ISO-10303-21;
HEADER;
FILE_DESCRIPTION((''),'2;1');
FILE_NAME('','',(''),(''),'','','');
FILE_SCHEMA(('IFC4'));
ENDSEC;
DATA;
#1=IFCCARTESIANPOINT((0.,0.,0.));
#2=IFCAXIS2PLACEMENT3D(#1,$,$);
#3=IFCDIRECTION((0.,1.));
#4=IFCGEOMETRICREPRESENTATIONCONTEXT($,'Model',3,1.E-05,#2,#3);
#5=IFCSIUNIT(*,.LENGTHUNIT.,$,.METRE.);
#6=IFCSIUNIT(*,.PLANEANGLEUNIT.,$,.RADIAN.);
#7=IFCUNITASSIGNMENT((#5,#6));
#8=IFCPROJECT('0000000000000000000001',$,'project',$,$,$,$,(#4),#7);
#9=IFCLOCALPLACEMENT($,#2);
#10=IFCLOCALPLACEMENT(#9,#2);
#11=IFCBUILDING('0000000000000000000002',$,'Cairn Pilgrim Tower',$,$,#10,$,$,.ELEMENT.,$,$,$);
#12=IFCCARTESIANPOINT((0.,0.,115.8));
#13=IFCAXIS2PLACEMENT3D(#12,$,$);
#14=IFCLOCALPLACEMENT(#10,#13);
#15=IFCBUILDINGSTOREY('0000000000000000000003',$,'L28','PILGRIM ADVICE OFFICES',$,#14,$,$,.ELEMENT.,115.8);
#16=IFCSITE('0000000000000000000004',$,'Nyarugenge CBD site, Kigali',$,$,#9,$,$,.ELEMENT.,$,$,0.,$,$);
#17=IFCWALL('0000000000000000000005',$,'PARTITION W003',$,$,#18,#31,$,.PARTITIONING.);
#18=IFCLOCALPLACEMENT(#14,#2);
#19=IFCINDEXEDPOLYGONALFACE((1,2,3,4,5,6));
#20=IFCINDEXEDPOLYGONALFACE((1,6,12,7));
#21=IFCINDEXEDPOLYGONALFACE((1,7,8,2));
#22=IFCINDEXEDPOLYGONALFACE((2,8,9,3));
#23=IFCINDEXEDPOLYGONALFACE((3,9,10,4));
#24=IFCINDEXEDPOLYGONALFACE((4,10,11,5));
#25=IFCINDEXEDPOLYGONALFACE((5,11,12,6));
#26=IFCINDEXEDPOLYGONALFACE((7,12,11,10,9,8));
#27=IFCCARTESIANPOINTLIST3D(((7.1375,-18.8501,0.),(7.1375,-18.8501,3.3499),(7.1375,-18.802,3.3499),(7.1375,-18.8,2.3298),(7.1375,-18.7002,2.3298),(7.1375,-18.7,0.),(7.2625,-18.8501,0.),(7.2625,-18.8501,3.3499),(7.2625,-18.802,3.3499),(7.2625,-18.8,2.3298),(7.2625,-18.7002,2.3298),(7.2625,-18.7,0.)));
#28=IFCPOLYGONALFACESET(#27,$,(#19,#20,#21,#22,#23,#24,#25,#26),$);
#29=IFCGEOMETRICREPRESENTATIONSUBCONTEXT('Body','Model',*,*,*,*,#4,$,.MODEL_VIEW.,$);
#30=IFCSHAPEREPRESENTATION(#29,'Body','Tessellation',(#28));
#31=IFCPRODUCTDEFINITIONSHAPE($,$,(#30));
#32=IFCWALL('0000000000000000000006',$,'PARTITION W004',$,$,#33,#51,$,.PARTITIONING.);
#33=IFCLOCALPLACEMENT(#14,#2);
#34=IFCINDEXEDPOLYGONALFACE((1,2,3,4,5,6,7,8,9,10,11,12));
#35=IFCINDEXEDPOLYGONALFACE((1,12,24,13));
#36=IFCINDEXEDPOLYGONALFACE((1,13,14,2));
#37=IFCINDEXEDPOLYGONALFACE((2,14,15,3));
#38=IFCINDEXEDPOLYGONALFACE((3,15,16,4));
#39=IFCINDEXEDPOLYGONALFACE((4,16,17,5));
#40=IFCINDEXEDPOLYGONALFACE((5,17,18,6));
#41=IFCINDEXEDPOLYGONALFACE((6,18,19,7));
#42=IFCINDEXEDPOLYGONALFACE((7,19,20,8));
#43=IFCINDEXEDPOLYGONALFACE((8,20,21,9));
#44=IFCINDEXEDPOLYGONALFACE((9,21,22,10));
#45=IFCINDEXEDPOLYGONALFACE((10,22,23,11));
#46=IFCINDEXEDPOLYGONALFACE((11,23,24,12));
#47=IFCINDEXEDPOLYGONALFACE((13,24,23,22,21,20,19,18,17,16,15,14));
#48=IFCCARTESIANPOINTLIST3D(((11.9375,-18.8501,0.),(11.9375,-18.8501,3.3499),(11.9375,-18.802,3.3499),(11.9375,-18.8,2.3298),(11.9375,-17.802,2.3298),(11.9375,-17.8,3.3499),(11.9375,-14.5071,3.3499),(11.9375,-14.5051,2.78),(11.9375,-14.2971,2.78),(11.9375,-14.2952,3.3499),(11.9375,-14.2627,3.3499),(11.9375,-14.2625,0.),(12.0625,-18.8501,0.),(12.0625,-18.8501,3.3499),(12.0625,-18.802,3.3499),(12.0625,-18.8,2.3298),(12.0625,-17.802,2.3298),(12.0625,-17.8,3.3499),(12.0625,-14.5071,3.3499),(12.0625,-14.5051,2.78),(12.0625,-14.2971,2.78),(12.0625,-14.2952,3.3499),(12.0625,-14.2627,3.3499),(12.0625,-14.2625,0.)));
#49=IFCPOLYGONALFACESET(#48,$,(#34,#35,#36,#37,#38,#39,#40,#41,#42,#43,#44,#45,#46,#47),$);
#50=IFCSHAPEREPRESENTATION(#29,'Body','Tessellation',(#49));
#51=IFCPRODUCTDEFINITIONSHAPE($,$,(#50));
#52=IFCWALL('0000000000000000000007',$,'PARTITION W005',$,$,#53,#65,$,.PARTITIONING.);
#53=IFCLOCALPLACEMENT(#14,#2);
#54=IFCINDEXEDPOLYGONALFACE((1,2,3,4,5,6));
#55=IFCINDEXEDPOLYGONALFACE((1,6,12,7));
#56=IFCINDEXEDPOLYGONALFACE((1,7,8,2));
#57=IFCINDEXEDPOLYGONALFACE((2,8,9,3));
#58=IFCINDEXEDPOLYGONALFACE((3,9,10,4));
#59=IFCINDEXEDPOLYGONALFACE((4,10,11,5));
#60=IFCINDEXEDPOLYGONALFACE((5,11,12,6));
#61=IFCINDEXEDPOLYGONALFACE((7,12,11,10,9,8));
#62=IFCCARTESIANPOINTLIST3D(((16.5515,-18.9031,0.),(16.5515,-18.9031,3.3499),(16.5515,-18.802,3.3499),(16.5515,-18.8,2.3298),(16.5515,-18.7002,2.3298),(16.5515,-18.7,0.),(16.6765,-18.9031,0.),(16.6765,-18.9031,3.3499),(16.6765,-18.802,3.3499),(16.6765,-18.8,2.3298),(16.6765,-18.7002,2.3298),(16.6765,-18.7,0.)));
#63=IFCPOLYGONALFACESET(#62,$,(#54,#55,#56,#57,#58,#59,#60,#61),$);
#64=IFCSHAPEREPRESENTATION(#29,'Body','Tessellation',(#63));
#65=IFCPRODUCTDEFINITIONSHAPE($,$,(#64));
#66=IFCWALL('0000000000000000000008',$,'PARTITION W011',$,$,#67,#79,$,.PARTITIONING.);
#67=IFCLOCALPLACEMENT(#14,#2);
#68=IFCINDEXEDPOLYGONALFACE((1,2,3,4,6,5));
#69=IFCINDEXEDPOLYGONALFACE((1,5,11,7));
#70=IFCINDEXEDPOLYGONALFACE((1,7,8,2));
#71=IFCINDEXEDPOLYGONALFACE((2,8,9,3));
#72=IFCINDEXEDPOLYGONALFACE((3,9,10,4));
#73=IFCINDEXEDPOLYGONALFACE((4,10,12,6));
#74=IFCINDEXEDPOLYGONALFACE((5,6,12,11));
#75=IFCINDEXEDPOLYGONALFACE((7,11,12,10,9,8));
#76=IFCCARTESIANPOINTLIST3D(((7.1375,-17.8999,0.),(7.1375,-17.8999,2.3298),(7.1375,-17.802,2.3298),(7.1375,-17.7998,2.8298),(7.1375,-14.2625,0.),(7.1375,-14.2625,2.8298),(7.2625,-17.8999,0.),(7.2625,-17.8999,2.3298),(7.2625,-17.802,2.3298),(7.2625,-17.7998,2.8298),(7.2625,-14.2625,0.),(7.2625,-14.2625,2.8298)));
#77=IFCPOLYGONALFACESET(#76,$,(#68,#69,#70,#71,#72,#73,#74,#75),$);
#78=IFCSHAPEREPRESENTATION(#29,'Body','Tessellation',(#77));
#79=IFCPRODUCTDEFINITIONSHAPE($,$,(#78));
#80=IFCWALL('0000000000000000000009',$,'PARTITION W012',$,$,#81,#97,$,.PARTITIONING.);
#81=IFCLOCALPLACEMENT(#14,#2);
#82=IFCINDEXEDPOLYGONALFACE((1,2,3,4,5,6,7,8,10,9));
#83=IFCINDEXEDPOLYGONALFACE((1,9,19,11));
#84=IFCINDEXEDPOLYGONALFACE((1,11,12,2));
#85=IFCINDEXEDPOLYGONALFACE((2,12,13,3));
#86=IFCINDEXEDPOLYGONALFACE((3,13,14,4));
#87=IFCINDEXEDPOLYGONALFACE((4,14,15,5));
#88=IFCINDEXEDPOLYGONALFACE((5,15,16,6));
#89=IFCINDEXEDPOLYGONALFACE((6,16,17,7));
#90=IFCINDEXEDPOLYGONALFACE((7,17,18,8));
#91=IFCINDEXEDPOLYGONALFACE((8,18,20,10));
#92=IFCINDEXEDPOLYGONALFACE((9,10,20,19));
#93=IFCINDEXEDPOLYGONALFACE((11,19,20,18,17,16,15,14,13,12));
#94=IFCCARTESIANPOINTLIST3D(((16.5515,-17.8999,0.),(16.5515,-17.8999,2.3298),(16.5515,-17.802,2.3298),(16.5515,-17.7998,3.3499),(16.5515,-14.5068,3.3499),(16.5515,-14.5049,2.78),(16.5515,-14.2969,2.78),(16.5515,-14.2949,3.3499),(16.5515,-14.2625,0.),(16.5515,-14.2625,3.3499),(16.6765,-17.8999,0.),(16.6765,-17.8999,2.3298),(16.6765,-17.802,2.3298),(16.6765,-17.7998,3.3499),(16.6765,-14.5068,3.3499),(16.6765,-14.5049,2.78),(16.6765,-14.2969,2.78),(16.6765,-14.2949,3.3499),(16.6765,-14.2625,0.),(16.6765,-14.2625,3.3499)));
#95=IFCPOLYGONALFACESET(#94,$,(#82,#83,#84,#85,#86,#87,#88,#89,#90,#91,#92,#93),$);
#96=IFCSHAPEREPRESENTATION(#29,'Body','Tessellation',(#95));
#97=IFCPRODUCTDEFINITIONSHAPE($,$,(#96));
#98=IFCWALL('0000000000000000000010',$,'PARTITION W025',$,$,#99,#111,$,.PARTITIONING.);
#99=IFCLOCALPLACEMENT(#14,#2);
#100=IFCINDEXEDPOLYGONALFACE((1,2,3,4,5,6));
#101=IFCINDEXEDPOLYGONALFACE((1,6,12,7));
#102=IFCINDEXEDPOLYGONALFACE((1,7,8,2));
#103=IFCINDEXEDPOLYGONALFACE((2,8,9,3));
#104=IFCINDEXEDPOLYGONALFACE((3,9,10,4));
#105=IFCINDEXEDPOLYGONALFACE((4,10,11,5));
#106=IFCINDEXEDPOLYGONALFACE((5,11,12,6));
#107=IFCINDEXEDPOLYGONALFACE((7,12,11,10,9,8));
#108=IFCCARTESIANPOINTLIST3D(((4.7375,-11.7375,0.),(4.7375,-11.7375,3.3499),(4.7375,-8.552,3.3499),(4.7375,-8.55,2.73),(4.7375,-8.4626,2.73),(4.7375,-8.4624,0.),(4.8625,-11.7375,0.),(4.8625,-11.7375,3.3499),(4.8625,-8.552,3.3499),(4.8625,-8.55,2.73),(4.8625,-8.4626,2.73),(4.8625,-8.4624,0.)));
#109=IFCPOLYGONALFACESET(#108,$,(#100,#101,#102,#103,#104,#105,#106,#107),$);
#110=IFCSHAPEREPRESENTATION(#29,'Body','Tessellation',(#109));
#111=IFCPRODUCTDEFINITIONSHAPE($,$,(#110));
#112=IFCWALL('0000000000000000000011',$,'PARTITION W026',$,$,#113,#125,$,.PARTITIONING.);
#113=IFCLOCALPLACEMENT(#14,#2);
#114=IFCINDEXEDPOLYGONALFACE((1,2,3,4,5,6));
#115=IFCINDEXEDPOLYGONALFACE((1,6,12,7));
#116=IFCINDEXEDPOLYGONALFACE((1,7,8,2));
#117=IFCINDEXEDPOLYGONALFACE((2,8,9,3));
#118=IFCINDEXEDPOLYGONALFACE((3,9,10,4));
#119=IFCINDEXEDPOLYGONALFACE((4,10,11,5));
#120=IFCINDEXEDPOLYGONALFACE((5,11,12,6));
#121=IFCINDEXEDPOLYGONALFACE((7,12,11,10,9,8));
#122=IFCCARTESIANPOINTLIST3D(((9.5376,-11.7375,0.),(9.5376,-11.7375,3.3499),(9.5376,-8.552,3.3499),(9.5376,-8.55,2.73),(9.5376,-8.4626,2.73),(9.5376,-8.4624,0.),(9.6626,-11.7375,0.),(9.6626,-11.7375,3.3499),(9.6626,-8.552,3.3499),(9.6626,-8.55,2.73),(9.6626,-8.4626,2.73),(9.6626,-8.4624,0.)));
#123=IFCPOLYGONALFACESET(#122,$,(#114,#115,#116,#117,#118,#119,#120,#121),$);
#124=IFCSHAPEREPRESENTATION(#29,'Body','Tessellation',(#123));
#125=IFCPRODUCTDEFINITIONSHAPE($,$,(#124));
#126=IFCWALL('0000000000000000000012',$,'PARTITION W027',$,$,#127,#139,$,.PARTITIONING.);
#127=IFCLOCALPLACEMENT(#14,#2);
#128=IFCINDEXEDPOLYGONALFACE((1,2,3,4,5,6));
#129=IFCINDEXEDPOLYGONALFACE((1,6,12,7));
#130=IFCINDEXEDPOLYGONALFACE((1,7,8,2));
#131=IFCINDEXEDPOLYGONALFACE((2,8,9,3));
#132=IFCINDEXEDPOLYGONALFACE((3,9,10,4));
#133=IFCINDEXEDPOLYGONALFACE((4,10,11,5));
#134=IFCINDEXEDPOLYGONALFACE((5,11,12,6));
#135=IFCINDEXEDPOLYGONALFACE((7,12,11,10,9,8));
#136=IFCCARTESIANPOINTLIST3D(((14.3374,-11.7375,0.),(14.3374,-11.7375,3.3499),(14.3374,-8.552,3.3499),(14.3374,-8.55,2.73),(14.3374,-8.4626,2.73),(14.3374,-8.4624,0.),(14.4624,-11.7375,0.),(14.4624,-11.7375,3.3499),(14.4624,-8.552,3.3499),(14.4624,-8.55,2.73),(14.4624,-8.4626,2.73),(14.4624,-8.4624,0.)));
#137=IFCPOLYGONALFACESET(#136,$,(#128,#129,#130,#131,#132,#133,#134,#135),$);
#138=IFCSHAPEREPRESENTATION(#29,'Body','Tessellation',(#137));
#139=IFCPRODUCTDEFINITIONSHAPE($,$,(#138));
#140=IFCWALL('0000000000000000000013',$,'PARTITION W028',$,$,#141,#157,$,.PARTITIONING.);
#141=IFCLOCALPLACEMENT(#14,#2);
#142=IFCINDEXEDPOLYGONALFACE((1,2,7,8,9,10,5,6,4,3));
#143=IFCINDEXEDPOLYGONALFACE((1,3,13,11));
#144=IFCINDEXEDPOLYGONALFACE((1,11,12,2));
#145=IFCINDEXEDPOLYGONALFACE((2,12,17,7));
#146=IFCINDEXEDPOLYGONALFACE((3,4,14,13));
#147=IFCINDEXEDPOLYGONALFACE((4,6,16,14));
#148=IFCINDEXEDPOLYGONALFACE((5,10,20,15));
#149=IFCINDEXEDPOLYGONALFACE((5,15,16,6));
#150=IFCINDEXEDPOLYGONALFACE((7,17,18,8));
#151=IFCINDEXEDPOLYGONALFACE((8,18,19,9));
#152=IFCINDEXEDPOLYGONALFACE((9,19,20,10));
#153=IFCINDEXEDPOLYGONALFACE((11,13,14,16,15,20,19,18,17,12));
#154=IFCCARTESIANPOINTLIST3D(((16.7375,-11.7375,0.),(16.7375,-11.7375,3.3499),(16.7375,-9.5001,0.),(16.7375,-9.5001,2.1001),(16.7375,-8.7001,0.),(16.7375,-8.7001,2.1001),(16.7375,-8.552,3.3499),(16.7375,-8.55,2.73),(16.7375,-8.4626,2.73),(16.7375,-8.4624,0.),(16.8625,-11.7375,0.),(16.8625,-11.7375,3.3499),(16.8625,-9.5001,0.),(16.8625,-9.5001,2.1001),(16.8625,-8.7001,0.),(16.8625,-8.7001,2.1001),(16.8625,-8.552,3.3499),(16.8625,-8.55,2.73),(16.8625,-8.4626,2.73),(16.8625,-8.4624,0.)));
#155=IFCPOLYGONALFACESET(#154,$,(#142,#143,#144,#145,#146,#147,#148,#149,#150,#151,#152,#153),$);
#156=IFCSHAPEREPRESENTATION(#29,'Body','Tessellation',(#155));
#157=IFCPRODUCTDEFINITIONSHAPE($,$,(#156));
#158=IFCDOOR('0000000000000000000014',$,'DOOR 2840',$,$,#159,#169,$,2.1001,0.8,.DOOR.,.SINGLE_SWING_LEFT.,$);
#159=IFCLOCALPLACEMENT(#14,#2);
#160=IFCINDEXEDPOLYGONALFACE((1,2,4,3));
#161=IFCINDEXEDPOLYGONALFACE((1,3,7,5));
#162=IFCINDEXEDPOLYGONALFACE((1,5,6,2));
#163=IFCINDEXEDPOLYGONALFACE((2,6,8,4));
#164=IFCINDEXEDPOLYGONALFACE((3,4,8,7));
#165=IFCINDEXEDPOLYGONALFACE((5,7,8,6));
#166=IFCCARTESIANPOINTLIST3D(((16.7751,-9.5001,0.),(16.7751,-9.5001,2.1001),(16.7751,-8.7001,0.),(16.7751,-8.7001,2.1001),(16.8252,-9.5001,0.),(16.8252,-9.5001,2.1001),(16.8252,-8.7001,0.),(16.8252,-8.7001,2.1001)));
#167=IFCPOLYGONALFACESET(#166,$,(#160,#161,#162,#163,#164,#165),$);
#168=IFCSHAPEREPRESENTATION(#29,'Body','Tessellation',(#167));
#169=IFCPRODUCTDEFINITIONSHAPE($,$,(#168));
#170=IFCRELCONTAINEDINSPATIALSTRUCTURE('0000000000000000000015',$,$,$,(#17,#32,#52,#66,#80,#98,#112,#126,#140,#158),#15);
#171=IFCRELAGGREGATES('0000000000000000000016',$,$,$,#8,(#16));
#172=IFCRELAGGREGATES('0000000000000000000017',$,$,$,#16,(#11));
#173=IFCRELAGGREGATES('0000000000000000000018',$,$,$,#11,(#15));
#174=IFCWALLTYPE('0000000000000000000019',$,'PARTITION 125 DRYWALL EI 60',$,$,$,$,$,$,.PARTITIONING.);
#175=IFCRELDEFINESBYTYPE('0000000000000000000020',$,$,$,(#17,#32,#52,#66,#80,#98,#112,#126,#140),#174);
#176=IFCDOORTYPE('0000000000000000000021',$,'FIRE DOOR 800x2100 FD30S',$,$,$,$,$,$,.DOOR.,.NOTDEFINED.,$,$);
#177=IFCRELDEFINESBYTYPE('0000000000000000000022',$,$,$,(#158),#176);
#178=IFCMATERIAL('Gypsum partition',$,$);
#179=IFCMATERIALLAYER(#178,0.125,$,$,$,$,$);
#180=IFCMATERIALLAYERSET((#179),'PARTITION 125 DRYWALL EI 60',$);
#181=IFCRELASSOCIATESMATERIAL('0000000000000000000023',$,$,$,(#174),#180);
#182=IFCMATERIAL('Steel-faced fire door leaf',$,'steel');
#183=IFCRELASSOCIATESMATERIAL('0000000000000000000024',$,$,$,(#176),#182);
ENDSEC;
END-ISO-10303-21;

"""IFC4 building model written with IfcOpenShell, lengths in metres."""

from ifc_helpers import new_model, si_unit, direction, frame, frame_2d, origin, place, context, subcontext, project, spatial, polyline, rectangle, outline, extrude, material, layer, layer_set, type_object, element, fill, save


model = new_model("IFC4")

# Units and contexts
model_context = context("Model", 3, precision=1e-05, world=origin(), true_north=direction((0.0, 1.0)))
body_context = subcontext(model_context, "Body", "Model", "MODEL_VIEW")
ifc_project = project(units=[si_unit("LENGTHUNIT", "METRE"), si_unit("PLANEANGLEUNIT", "RADIAN")], contexts=[model_context])

# Site, building, storey
site_placement = place(None, origin())
site = spatial("IfcSite", under=ifc_project, at=site_placement, Name="Nyarugenge CBD site, Kigali", CompositionType="ELEMENT", RefElevation=0.0)
building_placement = place(site_placement, origin())
building = spatial("IfcBuilding", under=site, at=building_placement, Name="Cairn Pilgrim Tower", CompositionType="ELEMENT")
storey_placement = place(building_placement, frame((0.0, 0.0, 115.8)))
storey = spatial("IfcBuildingStorey", under=building, at=storey_placement, Name="L28", Description="PILGRIM ADVICE OFFICES", CompositionType="ELEMENT", Elevation=115.8)

# Walls
ifc_material_1 = material(Name="Gypsum partition")
ifc_layer_1 = layer(ifc_material_1, 0.125)
ifc_layer_set_1 = layer_set([ifc_layer_1], Name="PARTITION 125 DRYWALL EI 60")
wall_type_1 = type_object("IfcWallType", Name="PARTITION 125 DRYWALL EI 60", PredefinedType="PARTITIONING", material=ifc_layer_set_1)
wall_1_placement = place(storey_placement, frame((7.2, -18.8501, 0.0), z_axis=(0.0, 0.0, 1.0), x_axis=(0.0, 1.0, 0.0)))
element("IfcWall", 1, at=wall_1_placement, inside=storey, type_object=wall_type_1, Name="PARTITION W003", PredefinedType="PARTITIONING", context=body_context, shape_type="SweptSolid", body=[
    extrude(outline(polyline([(0.0, 0.0), (0.1501, 0.0), (0.1499, 2.3298), (0.05, 2.3298), (0.0481, 3.3499), (0.0, 3.3499), (0.0, 0.0)])), frame((0.0, 0.0625, 0.0), z_axis=(0.0, -1.0, 0.0), x_axis=(1.0, 0.0, 0.0)), (0.0, 0.0, 1.0), 0.125),
])
wall_2_placement = place(storey_placement, frame((12.0, -18.8501, 0.0), z_axis=(0.0, 0.0, 1.0), x_axis=(0.0, 1.0, 0.0)))
element("IfcWall", 2, at=wall_2_placement, inside=storey, type_object=wall_type_1, Name="PARTITION W004", PredefinedType="PARTITIONING", context=body_context, shape_type="SweptSolid", body=[
    extrude(outline(polyline([(0.0, 0.0), (4.5876, 0.0), (4.5874, 3.3499), (4.5549, 3.3499), (4.553, 2.78), (4.345, 2.78), (4.343, 3.3499), (1.05, 3.3499), (1.0481, 2.3298), (0.05, 2.3298), (0.0481, 3.3499), (0.0, 3.3499), (0.0, 0.0)])), frame((0.0, 0.0625, 0.0), z_axis=(0.0, -1.0, 0.0), x_axis=(1.0, 0.0, 0.0)), (0.0, 0.0, 1.0), 0.125),
])
wall_3_placement = place(storey_placement, frame((16.614, -18.9031, 0.0), z_axis=(0.0, 0.0, 1.0), x_axis=(0.0, 1.0, 0.0)))
element("IfcWall", 3, at=wall_3_placement, inside=storey, type_object=wall_type_1, Name="PARTITION W005", PredefinedType="PARTITIONING", context=body_context, shape_type="SweptSolid", body=[
    extrude(outline(polyline([(0.0, 0.0), (0.2031, 0.0), (0.2029, 2.3298), (0.103, 2.3298), (0.1011, 3.3499), (0.0, 3.3499), (0.0, 0.0)])), frame((0.0, 0.0625, 0.0), z_axis=(0.0, -1.0, 0.0), x_axis=(1.0, 0.0, 0.0)), (0.0, 0.0, 1.0), 0.125),
])
wall_4_placement = place(storey_placement, frame((7.2, -17.8999, 0.0), z_axis=(0.0, 0.0, 1.0), x_axis=(0.0, 1.0, 0.0)))
element("IfcWall", 4, at=wall_4_placement, inside=storey, type_object=wall_type_1, Name="PARTITION W011", PredefinedType="PARTITIONING", context=body_context, shape_type="SweptSolid", body=[
    extrude(outline(polyline([(0.0, 0.0), (3.6375, 0.0), (3.6375, 2.8298), (0.1001, 2.8298), (0.0979, 2.3298), (0.0, 2.3298), (0.0, 0.0)])), frame((0.0, 0.0625, 0.0), z_axis=(0.0, -1.0, 0.0), x_axis=(1.0, 0.0, 0.0)), (0.0, 0.0, 1.0), 0.125),
])
wall_5_placement = place(storey_placement, frame((16.614, -17.8999, 0.0), z_axis=(0.0, 0.0, 1.0), x_axis=(0.0, 1.0, 0.0)))
element("IfcWall", 5, at=wall_5_placement, inside=storey, type_object=wall_type_1, Name="PARTITION W012", PredefinedType="PARTITIONING", context=body_context, shape_type="SweptSolid", body=[
    extrude(outline(polyline([(0.0, 0.0), (3.6375, 0.0), (3.6375, 3.3499), (3.605, 3.3499), (3.603, 2.78), (3.395, 2.78), (3.3931, 3.3499), (0.1001, 3.3499), (0.0979, 2.3298), (0.0, 2.3298), (0.0, 0.0)])), frame((0.0, 0.0625, 0.0), z_axis=(0.0, -1.0, 0.0), x_axis=(1.0, 0.0, 0.0)), (0.0, 0.0, 1.0), 0.125),
])
for number, where, z_axis, x_axis, name in (
    (6, (4.8, -11.7375, 0.0), (0.0, 0.0, 1.0), (0.0, 1.0, 0.0), "PARTITION W025"),
    (7, (9.6001, -11.7375, 0.0), (0.0, 0.0, 1.0), (0.0, 1.0, 0.0), "PARTITION W026"),
    (8, (14.3999, -11.7375, 0.0), (0.0, 0.0, 1.0), (0.0, 1.0, 0.0), "PARTITION W027"),
):
    element("IfcWall", number, at=place(storey_placement, frame(where, z_axis=z_axis, x_axis=x_axis)), inside=storey, type_object=wall_type_1, Name=name, PredefinedType="PARTITIONING", context=body_context, shape_type="SweptSolid", body=[
        extrude(outline(polyline([(0.0, 0.0), (3.2751, 0.0), (3.2749, 2.73), (3.1875, 2.73), (3.1855, 3.3499), (0.0, 3.3499), (0.0, 0.0)])), frame((0.0, 0.0625, 0.0), z_axis=(0.0, -1.0, 0.0), x_axis=(1.0, 0.0, 0.0)), (0.0, 0.0, 1.0), 0.125),
    ])

# Wall, opening, door
wall_6_placement = place(storey_placement, frame((16.8, -11.7375, 0.0), z_axis=(0.0, 0.0, 1.0), x_axis=(0.0, 1.0, 0.0)))
wall_6 = element("IfcWall", 9, at=wall_6_placement, inside=storey, type_object=wall_type_1, Name="PARTITION W028", PredefinedType="PARTITIONING", context=body_context, shape_type="SweptSolid", body=[
    extrude(outline(polyline([(0.0, 0.0), (3.2751, 0.0), (3.2749, 2.73), (3.1875, 2.73), (3.1855, 3.3499), (0.0, 3.3499), (0.0, 0.0)])), frame((0.0, 0.0625, 0.0), z_axis=(0.0, -1.0, 0.0), x_axis=(1.0, 0.0, 0.0)), (0.0, 0.0, 1.0), 0.125),
])
opening_1_placement = place(wall_6_placement, frame((2.2375, 0.0, 0.0)))
opening_1 = element("IfcOpeningElement", 10, at=opening_1_placement, cuts=wall_6, PredefinedType="OPENING", context=body_context, shape_type="SweptSolid", body=[
    extrude(rectangle(XDim=0.8, YDim=2.1001, at=frame_2d((0.3999, 1.05))), frame((0.0, 0.0725, 0.0), z_axis=(0.0, -1.0, 0.0), x_axis=(1.0, 0.0, 0.0)), (0.0, 0.0, 1.0), 0.145),
])
ifc_material_2 = material(Name="Steel-faced fire door leaf", Category="steel")
door_type_1 = type_object("IfcDoorType", Name="FIRE DOOR 800x2100 FD30S", OperationType="NOTDEFINED", PredefinedType="DOOR", material=ifc_material_2)
door_1_placement = place(opening_1_placement, origin())
door_1 = element("IfcDoor", 11, at=door_1_placement, inside=storey, type_object=door_type_1, Name="DOOR 2840", OperationType="SINGLE_SWING_LEFT", OverallHeight=2.1001, OverallWidth=0.8, PredefinedType="DOOR", context=body_context, shape_type="SweptSolid", body=[
    extrude(rectangle(XDim=0.8, YDim=2.1001, at=frame_2d((0.3999, 1.05))), frame((0.0, 0.0249, 0.0), z_axis=(0.0, -1.0, 0.0), x_axis=(1.0, 0.0, 0.0)), (0.0, 0.0, 1.0), 0.05),
])
fill(opening_1, door_1)

save(model, "model.ifc")
